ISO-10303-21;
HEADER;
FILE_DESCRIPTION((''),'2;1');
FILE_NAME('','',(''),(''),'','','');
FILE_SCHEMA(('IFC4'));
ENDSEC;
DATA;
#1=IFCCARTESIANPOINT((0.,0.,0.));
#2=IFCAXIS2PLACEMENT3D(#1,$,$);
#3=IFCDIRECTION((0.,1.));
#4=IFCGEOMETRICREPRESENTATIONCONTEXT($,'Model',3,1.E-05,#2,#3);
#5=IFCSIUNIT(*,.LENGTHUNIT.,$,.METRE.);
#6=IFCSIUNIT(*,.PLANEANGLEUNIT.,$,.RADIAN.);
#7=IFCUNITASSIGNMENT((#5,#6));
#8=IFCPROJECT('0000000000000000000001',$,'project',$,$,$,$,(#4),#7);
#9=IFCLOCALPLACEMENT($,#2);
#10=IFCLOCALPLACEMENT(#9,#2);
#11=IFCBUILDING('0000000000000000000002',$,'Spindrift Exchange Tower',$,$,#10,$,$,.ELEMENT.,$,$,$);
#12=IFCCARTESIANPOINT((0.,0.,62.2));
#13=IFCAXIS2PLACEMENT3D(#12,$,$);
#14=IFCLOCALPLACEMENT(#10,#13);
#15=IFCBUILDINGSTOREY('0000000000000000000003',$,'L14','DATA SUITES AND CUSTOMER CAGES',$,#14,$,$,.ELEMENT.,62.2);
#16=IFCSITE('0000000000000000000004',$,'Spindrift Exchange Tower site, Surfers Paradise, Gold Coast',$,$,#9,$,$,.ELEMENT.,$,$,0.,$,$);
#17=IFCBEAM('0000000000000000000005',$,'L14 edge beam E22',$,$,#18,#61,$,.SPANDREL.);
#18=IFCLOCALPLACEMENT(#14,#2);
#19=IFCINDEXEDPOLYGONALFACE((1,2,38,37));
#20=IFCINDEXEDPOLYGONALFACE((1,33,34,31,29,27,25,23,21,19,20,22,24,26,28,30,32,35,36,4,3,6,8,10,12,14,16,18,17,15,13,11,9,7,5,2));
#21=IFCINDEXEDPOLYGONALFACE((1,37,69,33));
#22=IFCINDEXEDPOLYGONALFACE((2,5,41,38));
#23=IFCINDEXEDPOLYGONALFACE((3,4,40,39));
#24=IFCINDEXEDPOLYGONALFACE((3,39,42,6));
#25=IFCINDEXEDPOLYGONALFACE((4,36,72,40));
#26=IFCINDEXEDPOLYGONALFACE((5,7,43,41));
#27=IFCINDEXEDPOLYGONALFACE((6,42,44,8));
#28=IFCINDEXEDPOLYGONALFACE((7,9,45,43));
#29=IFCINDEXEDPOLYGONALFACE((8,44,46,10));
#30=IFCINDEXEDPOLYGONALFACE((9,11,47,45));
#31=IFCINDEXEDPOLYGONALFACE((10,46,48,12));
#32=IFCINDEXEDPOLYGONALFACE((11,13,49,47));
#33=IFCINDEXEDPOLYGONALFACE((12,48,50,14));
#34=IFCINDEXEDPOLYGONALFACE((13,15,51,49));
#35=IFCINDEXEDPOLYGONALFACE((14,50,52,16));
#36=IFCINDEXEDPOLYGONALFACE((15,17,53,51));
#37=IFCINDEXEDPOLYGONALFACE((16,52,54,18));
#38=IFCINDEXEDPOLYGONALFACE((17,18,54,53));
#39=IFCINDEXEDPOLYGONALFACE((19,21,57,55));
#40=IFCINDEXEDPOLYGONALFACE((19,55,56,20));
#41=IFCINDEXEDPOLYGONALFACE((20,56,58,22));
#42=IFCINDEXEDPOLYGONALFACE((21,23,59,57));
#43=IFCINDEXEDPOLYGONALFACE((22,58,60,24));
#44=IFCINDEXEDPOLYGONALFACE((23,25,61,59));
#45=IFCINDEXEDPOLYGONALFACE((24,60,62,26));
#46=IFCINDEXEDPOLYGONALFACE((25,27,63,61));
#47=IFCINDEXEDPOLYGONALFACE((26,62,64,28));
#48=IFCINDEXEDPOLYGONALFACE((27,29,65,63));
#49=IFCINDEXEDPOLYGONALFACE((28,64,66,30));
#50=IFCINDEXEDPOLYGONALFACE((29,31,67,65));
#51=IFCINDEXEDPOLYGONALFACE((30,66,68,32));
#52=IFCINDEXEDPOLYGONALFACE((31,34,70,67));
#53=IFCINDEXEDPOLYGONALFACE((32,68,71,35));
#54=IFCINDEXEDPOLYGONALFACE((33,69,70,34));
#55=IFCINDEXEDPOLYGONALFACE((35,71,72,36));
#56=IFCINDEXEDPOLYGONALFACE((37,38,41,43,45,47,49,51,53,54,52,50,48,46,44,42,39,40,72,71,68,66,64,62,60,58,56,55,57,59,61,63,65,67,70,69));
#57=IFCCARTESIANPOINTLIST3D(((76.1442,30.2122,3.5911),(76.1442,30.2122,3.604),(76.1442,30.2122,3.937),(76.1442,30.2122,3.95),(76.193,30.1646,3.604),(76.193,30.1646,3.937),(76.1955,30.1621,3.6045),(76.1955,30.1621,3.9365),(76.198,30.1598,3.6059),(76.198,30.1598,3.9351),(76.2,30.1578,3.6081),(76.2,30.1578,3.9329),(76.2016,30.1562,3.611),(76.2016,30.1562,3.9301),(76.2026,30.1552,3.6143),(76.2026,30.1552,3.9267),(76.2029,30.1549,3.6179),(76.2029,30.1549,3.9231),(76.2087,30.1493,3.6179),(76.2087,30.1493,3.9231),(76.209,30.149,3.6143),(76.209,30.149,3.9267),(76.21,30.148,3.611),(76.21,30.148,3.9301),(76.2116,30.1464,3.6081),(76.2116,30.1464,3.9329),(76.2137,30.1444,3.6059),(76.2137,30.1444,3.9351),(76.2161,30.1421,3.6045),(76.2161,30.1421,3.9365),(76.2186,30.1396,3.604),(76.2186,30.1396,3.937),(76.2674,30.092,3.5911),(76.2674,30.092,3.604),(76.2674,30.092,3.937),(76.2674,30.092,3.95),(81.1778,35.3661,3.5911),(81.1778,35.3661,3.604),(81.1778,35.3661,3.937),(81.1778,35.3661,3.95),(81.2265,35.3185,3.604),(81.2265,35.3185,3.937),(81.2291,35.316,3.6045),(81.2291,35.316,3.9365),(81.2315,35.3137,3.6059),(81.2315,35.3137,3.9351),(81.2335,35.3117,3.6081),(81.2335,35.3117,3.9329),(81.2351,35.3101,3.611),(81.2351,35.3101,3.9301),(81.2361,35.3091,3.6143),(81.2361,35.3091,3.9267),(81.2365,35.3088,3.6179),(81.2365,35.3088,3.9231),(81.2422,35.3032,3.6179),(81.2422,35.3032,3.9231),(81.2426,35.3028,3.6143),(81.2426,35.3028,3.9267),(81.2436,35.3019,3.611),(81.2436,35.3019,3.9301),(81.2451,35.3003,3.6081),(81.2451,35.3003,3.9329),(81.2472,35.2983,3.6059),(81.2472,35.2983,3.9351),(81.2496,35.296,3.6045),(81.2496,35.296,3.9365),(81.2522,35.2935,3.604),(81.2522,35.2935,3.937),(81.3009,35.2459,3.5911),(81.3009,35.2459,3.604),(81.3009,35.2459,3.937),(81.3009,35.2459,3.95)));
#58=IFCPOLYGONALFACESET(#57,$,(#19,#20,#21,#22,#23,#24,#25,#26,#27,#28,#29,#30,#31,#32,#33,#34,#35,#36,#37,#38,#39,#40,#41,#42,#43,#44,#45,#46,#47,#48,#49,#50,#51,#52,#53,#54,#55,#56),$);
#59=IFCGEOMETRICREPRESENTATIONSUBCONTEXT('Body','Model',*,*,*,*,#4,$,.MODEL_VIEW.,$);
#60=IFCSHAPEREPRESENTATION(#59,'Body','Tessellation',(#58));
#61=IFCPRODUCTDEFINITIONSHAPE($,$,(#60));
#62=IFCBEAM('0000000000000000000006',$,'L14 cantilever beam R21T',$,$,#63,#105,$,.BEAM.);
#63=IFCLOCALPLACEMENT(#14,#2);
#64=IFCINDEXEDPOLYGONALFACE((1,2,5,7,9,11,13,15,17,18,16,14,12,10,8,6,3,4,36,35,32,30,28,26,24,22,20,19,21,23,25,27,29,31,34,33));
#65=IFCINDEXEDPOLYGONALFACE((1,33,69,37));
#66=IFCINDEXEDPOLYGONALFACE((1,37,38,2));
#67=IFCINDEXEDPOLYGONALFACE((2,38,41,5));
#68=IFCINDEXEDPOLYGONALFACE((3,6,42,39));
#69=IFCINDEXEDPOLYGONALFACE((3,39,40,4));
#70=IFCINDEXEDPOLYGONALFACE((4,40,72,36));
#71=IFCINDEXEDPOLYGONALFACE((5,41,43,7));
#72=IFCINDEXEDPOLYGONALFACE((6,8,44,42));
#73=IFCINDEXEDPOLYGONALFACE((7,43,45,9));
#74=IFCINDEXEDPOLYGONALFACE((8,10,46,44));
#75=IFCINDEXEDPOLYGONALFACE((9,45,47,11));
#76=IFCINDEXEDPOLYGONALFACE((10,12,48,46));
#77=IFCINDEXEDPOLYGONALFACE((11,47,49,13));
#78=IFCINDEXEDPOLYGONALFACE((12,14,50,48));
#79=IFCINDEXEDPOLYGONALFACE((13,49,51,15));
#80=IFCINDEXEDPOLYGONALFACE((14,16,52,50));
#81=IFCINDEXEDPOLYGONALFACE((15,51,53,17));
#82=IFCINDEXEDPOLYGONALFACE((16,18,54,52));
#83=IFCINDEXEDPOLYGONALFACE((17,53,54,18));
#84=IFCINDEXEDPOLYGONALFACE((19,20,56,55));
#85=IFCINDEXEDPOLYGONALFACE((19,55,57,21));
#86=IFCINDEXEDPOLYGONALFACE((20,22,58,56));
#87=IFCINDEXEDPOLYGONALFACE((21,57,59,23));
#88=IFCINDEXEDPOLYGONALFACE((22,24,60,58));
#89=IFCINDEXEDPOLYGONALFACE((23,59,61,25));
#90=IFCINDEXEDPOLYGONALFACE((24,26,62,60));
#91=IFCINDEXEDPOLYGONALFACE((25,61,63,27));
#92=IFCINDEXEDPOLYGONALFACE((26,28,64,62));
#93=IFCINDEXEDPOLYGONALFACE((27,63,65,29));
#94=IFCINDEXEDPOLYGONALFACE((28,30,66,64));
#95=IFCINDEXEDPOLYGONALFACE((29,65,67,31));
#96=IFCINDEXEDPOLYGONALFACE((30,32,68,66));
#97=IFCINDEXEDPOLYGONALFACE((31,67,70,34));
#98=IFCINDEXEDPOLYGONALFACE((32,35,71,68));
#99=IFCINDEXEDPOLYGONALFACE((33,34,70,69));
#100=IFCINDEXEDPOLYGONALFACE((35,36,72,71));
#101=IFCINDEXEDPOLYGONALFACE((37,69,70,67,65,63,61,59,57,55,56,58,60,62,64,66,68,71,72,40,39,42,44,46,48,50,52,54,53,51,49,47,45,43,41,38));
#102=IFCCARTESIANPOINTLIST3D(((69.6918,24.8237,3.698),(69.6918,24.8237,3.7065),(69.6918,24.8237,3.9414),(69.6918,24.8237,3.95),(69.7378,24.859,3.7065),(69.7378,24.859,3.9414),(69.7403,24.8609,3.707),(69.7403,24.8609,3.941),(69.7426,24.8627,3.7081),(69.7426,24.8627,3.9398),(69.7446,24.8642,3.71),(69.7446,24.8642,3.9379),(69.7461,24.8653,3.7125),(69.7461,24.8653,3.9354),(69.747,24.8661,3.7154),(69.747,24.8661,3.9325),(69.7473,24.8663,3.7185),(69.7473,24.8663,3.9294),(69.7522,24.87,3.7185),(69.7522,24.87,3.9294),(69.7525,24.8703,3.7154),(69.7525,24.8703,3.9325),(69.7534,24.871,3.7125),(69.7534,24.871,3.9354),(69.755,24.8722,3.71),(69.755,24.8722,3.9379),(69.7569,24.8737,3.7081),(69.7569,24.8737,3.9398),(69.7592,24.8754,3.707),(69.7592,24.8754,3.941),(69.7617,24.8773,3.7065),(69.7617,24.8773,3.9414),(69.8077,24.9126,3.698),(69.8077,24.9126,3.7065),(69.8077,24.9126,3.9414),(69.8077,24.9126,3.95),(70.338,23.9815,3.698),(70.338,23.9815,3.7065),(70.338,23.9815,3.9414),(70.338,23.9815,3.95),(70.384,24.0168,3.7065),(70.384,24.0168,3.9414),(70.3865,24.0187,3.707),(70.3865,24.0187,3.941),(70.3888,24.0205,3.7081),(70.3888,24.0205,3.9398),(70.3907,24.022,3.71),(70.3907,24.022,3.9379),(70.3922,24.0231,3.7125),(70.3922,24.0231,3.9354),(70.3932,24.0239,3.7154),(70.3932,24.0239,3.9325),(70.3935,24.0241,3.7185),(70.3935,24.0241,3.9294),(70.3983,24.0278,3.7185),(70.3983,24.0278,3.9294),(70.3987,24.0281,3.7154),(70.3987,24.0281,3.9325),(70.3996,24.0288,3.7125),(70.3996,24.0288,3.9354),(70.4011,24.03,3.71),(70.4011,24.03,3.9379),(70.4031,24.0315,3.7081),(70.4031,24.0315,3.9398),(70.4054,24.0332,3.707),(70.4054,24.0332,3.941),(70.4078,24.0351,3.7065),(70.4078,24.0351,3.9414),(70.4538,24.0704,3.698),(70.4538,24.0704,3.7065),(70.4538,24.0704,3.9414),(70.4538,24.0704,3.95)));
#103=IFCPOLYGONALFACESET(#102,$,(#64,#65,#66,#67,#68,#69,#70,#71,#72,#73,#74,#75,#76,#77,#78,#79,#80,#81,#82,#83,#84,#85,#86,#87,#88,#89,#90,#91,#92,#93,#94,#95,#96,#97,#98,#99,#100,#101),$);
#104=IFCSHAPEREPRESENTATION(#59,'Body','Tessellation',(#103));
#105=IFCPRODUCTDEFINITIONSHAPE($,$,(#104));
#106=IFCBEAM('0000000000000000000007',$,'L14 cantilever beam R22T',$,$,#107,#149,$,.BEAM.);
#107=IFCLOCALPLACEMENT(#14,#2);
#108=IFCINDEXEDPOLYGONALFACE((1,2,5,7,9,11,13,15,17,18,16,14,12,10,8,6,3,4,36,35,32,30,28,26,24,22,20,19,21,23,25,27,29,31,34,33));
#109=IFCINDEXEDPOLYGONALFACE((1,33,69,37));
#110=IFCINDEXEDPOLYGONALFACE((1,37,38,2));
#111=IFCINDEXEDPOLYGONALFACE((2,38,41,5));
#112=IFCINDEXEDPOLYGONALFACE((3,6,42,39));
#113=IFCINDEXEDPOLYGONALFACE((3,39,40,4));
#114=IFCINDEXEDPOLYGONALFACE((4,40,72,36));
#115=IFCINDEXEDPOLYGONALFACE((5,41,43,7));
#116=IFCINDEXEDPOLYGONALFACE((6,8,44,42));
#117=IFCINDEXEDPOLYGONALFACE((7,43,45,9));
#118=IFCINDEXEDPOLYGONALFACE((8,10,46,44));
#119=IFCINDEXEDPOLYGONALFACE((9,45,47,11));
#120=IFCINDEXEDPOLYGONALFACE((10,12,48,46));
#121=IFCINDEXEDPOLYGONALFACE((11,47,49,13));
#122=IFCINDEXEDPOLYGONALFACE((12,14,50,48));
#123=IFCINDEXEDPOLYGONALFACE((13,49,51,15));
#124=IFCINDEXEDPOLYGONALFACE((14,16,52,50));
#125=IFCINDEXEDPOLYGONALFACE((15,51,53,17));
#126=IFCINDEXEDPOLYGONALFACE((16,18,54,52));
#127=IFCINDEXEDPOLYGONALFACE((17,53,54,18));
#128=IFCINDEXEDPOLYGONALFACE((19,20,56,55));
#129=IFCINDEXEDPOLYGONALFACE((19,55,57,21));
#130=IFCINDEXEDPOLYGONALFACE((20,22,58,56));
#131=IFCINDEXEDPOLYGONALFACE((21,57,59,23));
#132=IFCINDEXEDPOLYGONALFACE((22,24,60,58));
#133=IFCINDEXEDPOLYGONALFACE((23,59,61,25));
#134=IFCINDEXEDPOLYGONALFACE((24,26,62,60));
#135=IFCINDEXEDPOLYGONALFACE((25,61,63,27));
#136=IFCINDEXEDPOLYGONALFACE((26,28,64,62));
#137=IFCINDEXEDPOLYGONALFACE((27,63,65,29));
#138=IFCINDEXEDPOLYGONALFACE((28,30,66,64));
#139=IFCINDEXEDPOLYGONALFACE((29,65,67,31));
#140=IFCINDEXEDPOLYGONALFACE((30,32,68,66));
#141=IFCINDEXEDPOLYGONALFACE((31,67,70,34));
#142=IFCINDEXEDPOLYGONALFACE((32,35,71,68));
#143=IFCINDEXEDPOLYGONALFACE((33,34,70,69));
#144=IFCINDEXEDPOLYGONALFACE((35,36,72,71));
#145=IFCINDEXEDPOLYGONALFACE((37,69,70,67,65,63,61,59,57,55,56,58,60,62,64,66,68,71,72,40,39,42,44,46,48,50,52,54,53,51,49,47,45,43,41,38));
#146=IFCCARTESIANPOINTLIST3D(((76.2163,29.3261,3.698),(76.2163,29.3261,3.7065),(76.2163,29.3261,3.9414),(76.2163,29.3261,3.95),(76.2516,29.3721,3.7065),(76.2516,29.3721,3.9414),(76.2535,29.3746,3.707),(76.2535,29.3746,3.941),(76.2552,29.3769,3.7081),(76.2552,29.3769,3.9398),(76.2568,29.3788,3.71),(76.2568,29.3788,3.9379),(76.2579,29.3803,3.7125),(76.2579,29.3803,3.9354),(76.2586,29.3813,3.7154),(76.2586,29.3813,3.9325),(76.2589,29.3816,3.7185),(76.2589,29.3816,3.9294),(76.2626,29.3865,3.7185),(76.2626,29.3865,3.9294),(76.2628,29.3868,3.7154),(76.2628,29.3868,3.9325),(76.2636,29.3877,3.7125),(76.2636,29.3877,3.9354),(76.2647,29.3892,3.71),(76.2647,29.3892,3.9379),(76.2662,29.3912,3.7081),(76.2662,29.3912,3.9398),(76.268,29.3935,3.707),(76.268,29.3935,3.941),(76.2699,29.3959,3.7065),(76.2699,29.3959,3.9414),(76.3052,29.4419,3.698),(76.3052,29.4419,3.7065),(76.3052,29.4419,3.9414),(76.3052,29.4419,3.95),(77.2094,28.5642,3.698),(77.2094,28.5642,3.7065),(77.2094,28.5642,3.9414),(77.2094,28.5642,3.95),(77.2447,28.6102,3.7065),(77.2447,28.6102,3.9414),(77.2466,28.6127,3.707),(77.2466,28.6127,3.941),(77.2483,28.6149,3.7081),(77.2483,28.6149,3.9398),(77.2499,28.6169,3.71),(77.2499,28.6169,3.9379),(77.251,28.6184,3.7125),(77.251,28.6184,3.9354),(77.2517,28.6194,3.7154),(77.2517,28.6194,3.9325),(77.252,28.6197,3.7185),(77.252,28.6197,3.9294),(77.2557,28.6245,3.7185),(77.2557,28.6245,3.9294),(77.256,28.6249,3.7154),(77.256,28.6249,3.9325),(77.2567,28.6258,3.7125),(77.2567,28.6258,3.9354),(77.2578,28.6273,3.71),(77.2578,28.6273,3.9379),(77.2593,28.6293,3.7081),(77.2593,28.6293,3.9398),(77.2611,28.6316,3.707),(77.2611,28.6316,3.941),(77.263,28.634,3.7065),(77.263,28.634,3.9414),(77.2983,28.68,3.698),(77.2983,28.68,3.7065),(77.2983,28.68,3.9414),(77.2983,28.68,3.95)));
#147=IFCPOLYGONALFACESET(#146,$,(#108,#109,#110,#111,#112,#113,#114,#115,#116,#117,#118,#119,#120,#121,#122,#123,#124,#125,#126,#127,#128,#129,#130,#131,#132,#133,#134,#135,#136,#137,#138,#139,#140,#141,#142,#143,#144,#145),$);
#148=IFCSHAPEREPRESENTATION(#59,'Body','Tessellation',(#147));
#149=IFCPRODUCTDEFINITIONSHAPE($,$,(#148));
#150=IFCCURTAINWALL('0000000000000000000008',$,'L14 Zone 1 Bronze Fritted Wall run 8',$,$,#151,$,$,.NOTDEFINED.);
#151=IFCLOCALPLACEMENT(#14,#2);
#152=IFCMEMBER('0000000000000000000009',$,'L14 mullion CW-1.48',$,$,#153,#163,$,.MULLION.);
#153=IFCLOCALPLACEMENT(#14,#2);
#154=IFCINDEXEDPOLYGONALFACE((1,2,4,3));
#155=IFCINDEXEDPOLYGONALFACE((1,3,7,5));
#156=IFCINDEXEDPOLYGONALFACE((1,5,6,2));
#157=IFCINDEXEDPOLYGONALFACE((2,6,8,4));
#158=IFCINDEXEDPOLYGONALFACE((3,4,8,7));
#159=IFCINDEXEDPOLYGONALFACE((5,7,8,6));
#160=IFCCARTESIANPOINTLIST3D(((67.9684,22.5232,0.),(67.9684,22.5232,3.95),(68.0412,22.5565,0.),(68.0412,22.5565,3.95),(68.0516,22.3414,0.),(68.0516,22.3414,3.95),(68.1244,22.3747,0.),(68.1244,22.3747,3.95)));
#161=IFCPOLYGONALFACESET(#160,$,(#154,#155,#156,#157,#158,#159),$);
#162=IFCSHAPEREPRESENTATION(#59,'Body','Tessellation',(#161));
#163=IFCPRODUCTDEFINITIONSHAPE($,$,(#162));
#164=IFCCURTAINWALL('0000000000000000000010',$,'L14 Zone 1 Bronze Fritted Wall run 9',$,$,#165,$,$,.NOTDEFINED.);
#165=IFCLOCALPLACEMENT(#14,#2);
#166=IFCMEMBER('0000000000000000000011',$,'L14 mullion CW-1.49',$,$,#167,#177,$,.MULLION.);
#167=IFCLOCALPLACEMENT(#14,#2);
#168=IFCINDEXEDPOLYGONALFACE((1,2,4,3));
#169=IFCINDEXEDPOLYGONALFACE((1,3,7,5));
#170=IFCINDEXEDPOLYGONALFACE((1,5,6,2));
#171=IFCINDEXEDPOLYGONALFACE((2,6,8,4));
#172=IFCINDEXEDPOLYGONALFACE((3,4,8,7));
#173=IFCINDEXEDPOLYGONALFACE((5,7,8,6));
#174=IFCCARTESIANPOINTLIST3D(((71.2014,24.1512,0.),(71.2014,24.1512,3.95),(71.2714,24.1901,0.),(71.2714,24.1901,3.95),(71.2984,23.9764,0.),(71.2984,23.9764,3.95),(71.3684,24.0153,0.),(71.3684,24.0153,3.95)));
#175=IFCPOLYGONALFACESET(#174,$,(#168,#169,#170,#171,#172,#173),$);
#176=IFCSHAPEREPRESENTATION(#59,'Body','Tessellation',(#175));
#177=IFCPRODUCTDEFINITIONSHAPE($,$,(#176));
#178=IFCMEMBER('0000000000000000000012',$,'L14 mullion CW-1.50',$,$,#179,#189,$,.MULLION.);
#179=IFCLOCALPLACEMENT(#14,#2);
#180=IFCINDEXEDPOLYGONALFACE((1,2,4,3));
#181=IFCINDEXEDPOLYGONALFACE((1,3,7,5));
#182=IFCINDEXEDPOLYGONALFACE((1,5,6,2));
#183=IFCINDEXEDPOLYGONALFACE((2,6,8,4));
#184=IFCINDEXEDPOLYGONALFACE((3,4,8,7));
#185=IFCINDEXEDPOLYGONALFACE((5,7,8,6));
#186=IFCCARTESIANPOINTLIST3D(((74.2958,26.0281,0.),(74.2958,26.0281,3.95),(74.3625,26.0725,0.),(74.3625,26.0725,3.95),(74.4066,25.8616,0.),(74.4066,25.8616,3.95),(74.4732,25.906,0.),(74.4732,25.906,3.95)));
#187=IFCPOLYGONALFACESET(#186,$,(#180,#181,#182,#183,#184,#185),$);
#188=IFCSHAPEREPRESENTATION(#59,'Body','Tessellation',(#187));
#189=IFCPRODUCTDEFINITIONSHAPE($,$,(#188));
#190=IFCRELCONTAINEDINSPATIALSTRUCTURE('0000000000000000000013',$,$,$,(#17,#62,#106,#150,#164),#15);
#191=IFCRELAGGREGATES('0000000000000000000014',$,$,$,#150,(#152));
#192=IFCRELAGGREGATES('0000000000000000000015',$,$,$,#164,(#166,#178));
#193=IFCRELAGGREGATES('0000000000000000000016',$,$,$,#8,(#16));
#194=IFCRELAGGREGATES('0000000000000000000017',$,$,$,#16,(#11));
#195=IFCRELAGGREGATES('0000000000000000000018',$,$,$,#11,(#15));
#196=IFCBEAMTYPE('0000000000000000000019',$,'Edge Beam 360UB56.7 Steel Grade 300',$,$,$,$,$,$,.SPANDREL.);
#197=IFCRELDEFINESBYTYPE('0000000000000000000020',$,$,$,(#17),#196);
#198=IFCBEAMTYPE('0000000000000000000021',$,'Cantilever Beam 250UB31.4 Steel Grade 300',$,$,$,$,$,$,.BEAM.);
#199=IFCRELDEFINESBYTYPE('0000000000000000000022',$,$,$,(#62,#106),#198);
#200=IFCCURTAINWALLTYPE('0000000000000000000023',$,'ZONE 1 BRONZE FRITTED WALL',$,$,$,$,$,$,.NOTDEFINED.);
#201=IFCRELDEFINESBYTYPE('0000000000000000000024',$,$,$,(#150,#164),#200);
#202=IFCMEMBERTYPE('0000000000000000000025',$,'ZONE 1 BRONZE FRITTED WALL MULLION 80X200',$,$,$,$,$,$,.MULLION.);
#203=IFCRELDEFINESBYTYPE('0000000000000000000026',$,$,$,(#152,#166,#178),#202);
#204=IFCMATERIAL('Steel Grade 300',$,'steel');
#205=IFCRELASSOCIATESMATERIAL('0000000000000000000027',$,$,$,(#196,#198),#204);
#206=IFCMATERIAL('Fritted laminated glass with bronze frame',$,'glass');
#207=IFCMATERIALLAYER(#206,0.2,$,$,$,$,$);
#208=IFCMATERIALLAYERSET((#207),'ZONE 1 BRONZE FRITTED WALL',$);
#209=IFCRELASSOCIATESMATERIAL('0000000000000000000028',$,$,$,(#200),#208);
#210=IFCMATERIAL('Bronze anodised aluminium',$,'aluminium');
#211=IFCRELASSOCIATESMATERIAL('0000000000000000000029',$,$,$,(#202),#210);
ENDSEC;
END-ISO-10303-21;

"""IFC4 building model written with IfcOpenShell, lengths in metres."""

from ifc_helpers import new_model, si_unit, direction, frame, origin, origin_2d, place, context, subcontext, project, spatial, rectangle, i_section, extrude, source, transform, mapped, material, layer, layer_set, material_profile, profile_set, type_object, element, aggregate, save


model = new_model("IFC4")

# Units and contexts
model_context = context("Model", 3, precision=1e-05, world=origin(), true_north=direction((0.0, 1.0)))
body_context = subcontext(model_context, "Body", "Model", "MODEL_VIEW")
ifc_project = project(units=[si_unit("LENGTHUNIT", "METRE"), si_unit("PLANEANGLEUNIT", "RADIAN")], contexts=[model_context])

# Site, building, storey
site_placement = place(None, origin())
site = spatial("IfcSite", under=ifc_project, at=site_placement, Name="Spindrift Exchange Tower site, Surfers Paradise, Gold Coast", CompositionType="ELEMENT", RefElevation=0.0)
building_placement = place(site_placement, origin())
building = spatial("IfcBuilding", under=site, at=building_placement, Name="Spindrift Exchange Tower", CompositionType="ELEMENT")
storey_placement = place(building_placement, frame((0.0, 0.0, 62.2)))
storey = spatial("IfcBuildingStorey", under=building, at=storey_placement, Name="L14", Description="DATA SUITES AND CUSTOMER CAGES", CompositionType="ELEMENT", Elevation=62.2)

# Beams
ifc_material_1 = material(Name="Steel Grade 300", Category="steel")
ifc_material_profile_1 = material_profile(ifc_material_1, i_section(OverallWidth=0.1721, OverallDepth=0.3589, WebThickness=0.0081, FlangeThickness=0.0129, FilletRadius=0.0139, at=origin_2d()), Name="360UB56.7")
ifc_profile_set_1 = profile_set([ifc_material_profile_1], Name="Steel Grade 300")
beam_type_1 = type_object("IfcBeamType", Name="Edge Beam 360UB56.7 Steel Grade 300", PredefinedType="SPANDREL", material=ifc_profile_set_1)
shared_shape_1 = source(origin(), body_context, "Body", "SweptSolid", [
    extrude(i_section(OverallWidth=0.1721, OverallDepth=0.3589, WebThickness=0.0081, FlangeThickness=0.0129, FilletRadius=0.0139, at=origin_2d()), origin(), (0.0, 0.0, 1.0), 7.2041),
])
beam_1_placement = place(storey_placement, frame((76.2058, 30.1521, 3.7705), z_axis=(0.698704, 0.715411, 0.0), x_axis=(-0.715411, 0.698704, 0.0)))
element("IfcBeam", 1, at=beam_1_placement, inside=storey, type_object=beam_type_1, Name="L14 edge beam E22", PredefinedType="SPANDREL", context=body_context, shape_type="MappedRepresentation", body=[
    mapped(shared_shape_1, transform((0.0, 0.0, 0.0), scale=1.0)),
])
ifc_material_profile_2 = material_profile(ifc_material_1, i_section(OverallWidth=0.146, OverallDepth=0.252, WebThickness=0.0061, FlangeThickness=0.0085, FilletRadius=0.012, at=origin_2d()), Name="250UB31.4")
ifc_profile_set_2 = profile_set([ifc_material_profile_2], Name="Steel Grade 300")
beam_type_2 = type_object("IfcBeamType", Name="Cantilever Beam 250UB31.4 Steel Grade 300", PredefinedType="BEAM", material=ifc_profile_set_2)
shared_shape_2 = source(origin(), body_context, "Body", "SweptSolid", [
    extrude(i_section(OverallWidth=0.146, OverallDepth=0.252, WebThickness=0.0061, FlangeThickness=0.0085, FilletRadius=0.012, at=origin_2d()), origin(), (0.0, 0.0, 1.0), 1.0615),
])
beam_2_placement = place(storey_placement, frame((69.7498, 24.8682, 3.824), z_axis=(0.608721, -0.793384, 0.0), x_axis=(0.793384, 0.608721, 0.0)))
element("IfcBeam", 2, at=beam_2_placement, inside=storey, type_object=beam_type_2, Name="L14 cantilever beam R21T", PredefinedType="BEAM", context=body_context, shape_type="MappedRepresentation", body=[
    mapped(shared_shape_2, transform((0.0, 0.0, 0.0), scale=1.0)),
])
shared_shape_3 = source(origin(), body_context, "Body", "SweptSolid", [
    extrude(i_section(OverallWidth=0.146, OverallDepth=0.252, WebThickness=0.0061, FlangeThickness=0.0085, FilletRadius=0.012, at=origin_2d()), origin(), (0.0, 0.0, 1.0), 1.2517),
])
beam_3_placement = place(storey_placement, frame((76.2607, 29.384, 3.824), z_axis=(0.793399, -0.608702, 0.0), x_axis=(0.608702, 0.793399, 0.0)))
element("IfcBeam", 3, at=beam_3_placement, inside=storey, type_object=beam_type_2, Name="L14 cantilever beam R22T", PredefinedType="BEAM", context=body_context, shape_type="MappedRepresentation", body=[
    mapped(shared_shape_3, transform((0.0, 0.0, 0.0), scale=1.0)),
])

# Curtain wall, member
ifc_material_2 = material(Name="Fritted laminated glass with bronze frame", Category="glass")
ifc_layer_1 = layer(ifc_material_2, 0.2)
ifc_layer_set_1 = layer_set([ifc_layer_1], Name="ZONE 1 BRONZE FRITTED WALL")
curtain_wall_type = type_object("IfcCurtainWallType", Name="ZONE 1 BRONZE FRITTED WALL", PredefinedType="NOTDEFINED", material=ifc_layer_set_1)
curtain_wall_1_placement = place(storey_placement, origin())
curtain_wall_1 = element("IfcCurtainWall", 4, at=curtain_wall_1_placement, inside=storey, type_object=curtain_wall_type, Name="L14 Zone 1 Bronze Fritted Wall run 8", PredefinedType="NOTDEFINED")
ifc_material_3 = material(Name="Bronze anodised aluminium", Category="aluminium")
ifc_material_profile_3 = material_profile(ifc_material_3, rectangle(XDim=0.0801, YDim=0.2, at=origin_2d()), Name="ZONE 1 BRONZE FRITTED WALL MULLION 80X200")
ifc_profile_set_3 = profile_set([ifc_material_profile_3], Name="Bronze anodised aluminium")
member_type_1 = type_object("IfcMemberType", Name="ZONE 1 BRONZE FRITTED WALL MULLION 80X200", PredefinedType="MULLION", material=ifc_profile_set_3)
shared_shape_4 = source(origin(), body_context, "Body", "SweptSolid", [
    extrude(rectangle(XDim=0.0801, YDim=0.2, at=origin_2d()), origin(), (0.0, 0.0, 1.0), 3.95),
])
member_1_placement = place(storey_placement, frame((68.0464, 22.449, 0.0), z_axis=(0.0, 0.0, 1.0), x_axis=(0.909206, 0.416346, 0.0)))
member_1 = element("IfcMember", 5, at=member_1_placement, type_object=member_type_1, Name="L14 mullion CW-1.48", PredefinedType="MULLION", context=body_context, shape_type="MappedRepresentation", body=[
    mapped(shared_shape_4, transform((0.0, 0.0, 0.0), scale=1.0)),
])

# Curtain wall, members
curtain_wall_2_placement = place(storey_placement, origin())
curtain_wall_2 = element("IfcCurtainWall", 6, at=curtain_wall_2_placement, inside=storey, type_object=curtain_wall_type, Name="L14 Zone 1 Bronze Fritted Wall run 9", PredefinedType="NOTDEFINED")
member_2_placement = place(storey_placement, frame((71.2849, 24.0833, 0.0), z_axis=(0.0, 0.0, 1.0), x_axis=(0.874339, 0.485316, 0.0)))
member_2 = element("IfcMember", 7, at=member_2_placement, type_object=member_type_1, Name="L14 mullion CW-1.49", PredefinedType="MULLION", context=body_context, shape_type="MappedRepresentation", body=[
    mapped(shared_shape_4, transform((0.0, 0.0, 0.0), scale=1.0)),
])
member_3_placement = place(storey_placement, frame((74.3845, 25.967, 0.0), z_axis=(0.0, 0.0, 1.0), x_axis=(0.832449, 0.554102, 0.0)))
member_3 = element("IfcMember", 8, at=member_3_placement, type_object=member_type_1, Name="L14 mullion CW-1.50", PredefinedType="MULLION", context=body_context, shape_type="MappedRepresentation", body=[
    mapped(shared_shape_4, transform((0.0, 0.0, 0.0), scale=1.0)),
])

aggregate(curtain_wall_1, [member_1])
aggregate(curtain_wall_2, [member_2, member_3])

save(model, "model.ifc")
